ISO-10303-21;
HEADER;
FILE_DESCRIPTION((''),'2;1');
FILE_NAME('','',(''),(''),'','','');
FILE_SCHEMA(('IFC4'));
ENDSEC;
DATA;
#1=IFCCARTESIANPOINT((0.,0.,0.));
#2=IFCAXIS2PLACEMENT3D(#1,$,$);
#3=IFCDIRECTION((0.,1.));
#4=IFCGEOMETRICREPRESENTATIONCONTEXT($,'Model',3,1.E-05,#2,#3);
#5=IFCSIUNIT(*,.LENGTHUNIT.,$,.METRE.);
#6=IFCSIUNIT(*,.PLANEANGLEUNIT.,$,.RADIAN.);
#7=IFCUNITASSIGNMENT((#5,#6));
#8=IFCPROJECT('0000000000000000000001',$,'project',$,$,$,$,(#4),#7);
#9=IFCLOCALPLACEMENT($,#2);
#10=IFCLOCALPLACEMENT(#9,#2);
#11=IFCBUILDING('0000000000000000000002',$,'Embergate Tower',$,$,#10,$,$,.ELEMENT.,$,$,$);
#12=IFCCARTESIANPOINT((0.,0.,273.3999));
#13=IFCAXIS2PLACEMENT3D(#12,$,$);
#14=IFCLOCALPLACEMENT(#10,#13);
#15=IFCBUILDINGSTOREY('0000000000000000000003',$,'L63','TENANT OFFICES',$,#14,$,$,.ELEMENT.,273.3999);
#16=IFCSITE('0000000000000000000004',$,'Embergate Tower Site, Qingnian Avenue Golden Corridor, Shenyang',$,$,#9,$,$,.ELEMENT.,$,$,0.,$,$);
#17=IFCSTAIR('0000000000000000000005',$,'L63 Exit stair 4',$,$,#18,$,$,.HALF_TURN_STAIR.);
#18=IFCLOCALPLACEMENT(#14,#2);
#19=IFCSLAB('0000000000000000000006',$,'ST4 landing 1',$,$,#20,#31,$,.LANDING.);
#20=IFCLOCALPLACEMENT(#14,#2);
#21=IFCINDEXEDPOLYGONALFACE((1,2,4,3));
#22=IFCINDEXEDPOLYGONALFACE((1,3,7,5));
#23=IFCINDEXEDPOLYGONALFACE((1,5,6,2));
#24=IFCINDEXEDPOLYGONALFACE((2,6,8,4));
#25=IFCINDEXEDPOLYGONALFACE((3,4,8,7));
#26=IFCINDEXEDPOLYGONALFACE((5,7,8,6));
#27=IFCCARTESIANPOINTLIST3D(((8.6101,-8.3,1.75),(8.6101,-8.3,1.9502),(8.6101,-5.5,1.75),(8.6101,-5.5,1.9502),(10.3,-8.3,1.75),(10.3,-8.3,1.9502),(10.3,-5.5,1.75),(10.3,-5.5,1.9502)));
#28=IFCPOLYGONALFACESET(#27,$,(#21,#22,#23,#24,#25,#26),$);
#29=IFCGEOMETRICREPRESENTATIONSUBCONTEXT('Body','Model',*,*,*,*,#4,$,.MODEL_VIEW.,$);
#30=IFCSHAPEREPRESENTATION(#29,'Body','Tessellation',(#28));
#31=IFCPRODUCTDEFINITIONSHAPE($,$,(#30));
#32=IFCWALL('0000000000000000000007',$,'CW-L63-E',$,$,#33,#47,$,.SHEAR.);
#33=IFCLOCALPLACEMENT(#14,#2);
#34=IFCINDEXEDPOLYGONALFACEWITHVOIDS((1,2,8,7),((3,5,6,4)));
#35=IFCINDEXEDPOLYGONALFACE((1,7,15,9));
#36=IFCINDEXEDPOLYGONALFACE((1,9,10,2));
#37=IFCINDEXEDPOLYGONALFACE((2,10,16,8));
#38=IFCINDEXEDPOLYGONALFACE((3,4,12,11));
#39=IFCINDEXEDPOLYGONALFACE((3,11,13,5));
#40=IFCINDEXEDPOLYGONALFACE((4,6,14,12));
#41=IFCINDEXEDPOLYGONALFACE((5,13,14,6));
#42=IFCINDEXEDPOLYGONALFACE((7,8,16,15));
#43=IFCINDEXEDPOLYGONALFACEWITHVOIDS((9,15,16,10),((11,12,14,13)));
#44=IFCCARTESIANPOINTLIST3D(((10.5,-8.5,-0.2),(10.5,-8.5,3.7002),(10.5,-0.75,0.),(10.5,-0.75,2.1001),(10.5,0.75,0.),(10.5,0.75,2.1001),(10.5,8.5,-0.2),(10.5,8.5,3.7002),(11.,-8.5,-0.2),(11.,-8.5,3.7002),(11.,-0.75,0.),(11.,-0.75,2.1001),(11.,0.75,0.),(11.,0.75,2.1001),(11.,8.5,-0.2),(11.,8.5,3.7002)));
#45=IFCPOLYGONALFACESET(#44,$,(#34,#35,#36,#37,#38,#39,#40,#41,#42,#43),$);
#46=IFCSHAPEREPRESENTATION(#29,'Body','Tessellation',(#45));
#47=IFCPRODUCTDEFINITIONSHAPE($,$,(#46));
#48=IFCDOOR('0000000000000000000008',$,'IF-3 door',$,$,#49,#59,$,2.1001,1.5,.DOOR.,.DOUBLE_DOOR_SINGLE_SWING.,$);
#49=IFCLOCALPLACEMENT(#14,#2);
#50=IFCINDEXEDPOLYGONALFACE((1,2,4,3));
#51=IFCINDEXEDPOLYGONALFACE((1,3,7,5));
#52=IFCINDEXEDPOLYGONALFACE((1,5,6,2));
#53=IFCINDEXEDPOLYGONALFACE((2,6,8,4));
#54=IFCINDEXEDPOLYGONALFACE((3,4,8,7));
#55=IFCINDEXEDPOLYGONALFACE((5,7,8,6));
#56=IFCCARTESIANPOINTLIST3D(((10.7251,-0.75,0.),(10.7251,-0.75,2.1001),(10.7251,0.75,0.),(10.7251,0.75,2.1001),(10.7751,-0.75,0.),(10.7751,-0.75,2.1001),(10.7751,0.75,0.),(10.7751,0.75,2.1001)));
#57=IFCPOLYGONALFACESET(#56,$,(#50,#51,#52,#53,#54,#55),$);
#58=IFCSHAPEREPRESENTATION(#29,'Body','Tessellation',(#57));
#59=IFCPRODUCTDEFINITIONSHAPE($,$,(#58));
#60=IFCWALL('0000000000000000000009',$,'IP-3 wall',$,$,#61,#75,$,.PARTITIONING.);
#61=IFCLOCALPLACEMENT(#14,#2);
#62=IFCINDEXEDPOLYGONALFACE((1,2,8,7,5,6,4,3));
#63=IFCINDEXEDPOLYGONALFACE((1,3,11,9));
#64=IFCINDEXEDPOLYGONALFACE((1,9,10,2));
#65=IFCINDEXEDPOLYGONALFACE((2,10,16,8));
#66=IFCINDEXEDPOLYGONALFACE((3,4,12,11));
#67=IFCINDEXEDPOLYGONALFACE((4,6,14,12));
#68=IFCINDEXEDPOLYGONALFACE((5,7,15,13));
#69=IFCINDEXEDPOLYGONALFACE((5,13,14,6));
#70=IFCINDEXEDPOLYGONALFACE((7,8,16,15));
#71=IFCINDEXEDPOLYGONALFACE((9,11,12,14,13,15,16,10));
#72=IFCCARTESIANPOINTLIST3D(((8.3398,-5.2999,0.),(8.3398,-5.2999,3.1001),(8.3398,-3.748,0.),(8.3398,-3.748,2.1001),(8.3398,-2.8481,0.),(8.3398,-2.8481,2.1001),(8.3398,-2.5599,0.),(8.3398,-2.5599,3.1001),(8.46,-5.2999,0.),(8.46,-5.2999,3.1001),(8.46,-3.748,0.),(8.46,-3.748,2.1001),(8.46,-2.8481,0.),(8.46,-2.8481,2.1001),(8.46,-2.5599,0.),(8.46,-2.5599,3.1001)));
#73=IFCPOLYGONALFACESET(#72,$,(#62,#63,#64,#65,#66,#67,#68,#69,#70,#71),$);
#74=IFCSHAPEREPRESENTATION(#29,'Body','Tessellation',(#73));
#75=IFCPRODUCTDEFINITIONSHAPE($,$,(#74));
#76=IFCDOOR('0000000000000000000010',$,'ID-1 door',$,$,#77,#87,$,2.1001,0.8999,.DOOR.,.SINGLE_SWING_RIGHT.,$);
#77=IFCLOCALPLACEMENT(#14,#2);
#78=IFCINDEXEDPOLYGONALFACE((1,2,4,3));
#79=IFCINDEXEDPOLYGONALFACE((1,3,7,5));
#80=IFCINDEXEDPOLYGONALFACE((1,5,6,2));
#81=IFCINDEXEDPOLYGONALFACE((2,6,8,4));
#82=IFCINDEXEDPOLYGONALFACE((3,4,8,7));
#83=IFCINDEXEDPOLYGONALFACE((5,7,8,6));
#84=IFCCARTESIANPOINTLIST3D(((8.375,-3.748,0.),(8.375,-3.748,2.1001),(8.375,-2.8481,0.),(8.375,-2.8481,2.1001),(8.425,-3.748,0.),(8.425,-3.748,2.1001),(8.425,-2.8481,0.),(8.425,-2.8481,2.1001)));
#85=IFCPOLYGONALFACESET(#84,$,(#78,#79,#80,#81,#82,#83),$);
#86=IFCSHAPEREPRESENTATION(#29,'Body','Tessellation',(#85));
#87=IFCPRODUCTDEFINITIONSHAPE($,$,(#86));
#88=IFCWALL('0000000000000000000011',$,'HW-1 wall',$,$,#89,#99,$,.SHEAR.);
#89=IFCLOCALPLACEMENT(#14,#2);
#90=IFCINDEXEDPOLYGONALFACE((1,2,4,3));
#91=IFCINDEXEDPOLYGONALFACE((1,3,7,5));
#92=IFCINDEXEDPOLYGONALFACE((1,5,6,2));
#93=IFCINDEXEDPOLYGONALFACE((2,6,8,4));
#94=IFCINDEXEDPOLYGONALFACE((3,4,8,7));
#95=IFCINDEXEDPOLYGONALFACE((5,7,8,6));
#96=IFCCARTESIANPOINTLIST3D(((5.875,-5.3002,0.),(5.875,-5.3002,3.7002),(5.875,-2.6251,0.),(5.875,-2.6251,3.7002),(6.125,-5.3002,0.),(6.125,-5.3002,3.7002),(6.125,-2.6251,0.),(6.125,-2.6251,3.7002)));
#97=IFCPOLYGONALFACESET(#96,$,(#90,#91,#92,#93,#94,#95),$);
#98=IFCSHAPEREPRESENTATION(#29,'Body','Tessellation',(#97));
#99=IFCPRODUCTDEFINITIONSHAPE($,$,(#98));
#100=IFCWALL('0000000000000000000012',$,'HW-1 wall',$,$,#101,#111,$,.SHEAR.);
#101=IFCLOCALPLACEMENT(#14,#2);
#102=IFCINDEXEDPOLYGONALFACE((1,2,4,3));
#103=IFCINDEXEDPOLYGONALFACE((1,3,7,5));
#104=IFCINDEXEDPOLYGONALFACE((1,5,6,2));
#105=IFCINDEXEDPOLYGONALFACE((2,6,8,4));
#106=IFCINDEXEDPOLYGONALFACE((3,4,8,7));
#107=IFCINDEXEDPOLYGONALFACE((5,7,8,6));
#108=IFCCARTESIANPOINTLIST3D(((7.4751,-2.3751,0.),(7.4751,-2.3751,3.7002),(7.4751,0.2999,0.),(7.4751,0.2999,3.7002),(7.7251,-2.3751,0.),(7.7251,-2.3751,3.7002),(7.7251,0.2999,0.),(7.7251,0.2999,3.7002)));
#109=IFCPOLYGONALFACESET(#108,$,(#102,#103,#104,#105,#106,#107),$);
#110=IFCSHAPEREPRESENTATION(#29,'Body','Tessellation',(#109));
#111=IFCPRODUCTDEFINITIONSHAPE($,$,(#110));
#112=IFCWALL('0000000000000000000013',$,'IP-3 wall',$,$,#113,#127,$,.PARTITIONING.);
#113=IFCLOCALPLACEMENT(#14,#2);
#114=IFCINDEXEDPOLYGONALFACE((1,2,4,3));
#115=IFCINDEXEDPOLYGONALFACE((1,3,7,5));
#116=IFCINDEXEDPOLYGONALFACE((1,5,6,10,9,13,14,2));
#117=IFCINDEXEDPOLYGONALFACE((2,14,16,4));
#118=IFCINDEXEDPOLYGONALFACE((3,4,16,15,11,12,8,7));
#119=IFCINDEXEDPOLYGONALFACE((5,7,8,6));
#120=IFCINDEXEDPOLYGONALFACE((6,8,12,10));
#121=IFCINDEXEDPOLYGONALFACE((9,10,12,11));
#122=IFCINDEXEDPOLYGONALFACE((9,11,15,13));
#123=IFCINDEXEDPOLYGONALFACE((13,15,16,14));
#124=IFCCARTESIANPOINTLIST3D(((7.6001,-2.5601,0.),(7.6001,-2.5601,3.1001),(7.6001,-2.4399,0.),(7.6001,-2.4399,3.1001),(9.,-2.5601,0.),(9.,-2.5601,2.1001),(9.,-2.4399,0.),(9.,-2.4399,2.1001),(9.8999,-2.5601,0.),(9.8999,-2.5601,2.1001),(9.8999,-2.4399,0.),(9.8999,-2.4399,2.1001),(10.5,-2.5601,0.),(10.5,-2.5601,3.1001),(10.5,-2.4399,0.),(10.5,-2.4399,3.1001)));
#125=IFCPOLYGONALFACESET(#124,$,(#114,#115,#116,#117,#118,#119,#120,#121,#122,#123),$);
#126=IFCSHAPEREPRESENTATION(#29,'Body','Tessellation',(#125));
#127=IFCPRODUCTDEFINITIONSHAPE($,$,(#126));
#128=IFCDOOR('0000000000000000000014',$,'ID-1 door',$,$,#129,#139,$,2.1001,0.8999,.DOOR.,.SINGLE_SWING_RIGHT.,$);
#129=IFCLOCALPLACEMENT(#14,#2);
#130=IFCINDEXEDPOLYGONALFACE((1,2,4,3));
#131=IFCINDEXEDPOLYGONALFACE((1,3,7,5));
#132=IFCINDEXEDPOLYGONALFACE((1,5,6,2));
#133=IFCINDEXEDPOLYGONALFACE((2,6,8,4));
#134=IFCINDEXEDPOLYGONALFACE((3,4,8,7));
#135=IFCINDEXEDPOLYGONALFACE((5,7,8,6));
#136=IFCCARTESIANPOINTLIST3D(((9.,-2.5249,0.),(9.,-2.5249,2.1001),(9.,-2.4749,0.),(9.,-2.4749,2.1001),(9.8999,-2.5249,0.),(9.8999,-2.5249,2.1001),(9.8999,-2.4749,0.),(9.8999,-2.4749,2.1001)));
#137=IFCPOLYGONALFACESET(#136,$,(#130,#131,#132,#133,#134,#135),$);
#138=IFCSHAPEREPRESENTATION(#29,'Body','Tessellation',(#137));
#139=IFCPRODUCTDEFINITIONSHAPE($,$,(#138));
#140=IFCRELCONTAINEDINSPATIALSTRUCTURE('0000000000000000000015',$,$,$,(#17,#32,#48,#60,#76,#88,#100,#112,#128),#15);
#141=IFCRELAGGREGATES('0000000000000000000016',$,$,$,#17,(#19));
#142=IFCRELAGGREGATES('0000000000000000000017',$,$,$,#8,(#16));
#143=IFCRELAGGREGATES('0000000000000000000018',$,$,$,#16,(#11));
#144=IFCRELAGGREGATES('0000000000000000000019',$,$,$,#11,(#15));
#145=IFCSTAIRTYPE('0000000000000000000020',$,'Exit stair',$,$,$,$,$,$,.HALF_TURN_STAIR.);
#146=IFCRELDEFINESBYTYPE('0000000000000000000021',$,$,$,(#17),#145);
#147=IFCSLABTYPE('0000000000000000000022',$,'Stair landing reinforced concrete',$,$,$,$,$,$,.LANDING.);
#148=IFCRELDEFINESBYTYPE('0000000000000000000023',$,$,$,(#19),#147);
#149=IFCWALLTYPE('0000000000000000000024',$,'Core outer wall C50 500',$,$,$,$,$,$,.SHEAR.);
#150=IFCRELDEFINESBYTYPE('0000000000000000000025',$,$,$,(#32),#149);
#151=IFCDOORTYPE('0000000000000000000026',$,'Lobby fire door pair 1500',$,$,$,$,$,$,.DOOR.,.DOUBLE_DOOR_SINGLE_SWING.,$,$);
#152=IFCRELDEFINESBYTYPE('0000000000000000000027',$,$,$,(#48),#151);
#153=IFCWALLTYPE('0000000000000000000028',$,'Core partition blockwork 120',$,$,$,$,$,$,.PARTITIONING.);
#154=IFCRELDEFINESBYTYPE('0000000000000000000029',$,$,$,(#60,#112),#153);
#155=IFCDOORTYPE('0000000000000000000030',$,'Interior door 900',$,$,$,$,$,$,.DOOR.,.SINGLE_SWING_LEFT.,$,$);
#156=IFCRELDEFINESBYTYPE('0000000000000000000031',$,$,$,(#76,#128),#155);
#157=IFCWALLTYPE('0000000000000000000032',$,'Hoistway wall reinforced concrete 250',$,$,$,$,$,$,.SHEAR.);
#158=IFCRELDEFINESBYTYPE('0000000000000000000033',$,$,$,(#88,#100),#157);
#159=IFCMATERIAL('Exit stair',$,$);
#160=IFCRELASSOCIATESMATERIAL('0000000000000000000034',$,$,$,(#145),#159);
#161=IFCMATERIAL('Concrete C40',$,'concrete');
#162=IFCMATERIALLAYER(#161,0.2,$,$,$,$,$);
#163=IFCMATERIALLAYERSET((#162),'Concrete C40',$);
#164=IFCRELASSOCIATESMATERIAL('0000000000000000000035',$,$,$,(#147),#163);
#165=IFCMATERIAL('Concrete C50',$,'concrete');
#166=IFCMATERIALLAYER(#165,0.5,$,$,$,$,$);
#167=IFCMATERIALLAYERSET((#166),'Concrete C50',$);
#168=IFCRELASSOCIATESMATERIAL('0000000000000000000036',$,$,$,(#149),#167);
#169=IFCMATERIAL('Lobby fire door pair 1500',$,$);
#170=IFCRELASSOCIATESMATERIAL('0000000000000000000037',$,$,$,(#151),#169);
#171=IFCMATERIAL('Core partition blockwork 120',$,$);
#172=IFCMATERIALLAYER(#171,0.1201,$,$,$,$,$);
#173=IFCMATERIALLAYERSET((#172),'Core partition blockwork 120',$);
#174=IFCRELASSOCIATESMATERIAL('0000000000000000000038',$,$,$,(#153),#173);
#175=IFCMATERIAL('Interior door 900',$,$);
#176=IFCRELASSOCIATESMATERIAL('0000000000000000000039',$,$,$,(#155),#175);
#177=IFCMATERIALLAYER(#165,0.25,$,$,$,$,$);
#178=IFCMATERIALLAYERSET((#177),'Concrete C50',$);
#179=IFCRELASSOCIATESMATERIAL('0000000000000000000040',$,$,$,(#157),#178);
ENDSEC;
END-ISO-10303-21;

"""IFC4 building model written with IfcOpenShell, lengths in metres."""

from ifc_helpers import new_model, si_unit, direction, frame, frame_2d, origin, place, context, subcontext, project, spatial, polyline, rectangle, outline, extrude, source, transform, mapped, material, layer, layer_set, type_object, element, fill, aggregate, save


model = new_model("IFC4")

# Units and contexts
model_context = context("Model", 3, precision=1e-05, world=origin(), true_north=direction((0.0, 1.0)))
body_context = subcontext(model_context, "Body", "Model", "MODEL_VIEW")
ifc_project = project(units=[si_unit("LENGTHUNIT", "METRE"), si_unit("PLANEANGLEUNIT", "RADIAN")], contexts=[model_context])

# Site, building, storey
site_placement = place(None, origin())
site = spatial("IfcSite", under=ifc_project, at=site_placement, Name="Embergate Tower Site, Qingnian Avenue Golden Corridor, Shenyang", CompositionType="ELEMENT", RefElevation=0.0)
building_placement = place(site_placement, origin())
building = spatial("IfcBuilding", under=site, at=building_placement, Name="Embergate Tower", CompositionType="ELEMENT")
storey_placement = place(building_placement, frame((0.0, 0.0, 273.3999)))
storey = spatial("IfcBuildingStorey", under=building, at=storey_placement, Name="L63", Description="TENANT OFFICES", CompositionType="ELEMENT", Elevation=273.3999)

# Stair, slab
ifc_material_1 = material(Name="Exit stair")
stair_type = type_object("IfcStairType", Name="Exit stair", PredefinedType="HALF_TURN_STAIR", material=ifc_material_1)
stair_placement = place(storey_placement, origin())
stair = element("IfcStair", 1, at=stair_placement, inside=storey, type_object=stair_type, Name="L63 Exit stair 4", PredefinedType="HALF_TURN_STAIR")
ifc_material_2 = material(Name="Concrete C40", Category="concrete")
ifc_layer_1 = layer(ifc_material_2, 0.2)
ifc_layer_set_1 = layer_set([ifc_layer_1], Name="Concrete C40")
slab_type = type_object("IfcSlabType", Name="Stair landing reinforced concrete", PredefinedType="LANDING", material=ifc_layer_set_1)
shared_shape_1 = source(origin(), body_context, "Body", "SweptSolid", [
    extrude(outline(polyline([(0.0, 0.0), (1.6899, 0.0), (1.6899, 2.8), (0.0, 2.8), (0.0, 0.0)])), origin(), (0.0, 0.0, 1.0), 0.2002),
])
slab_placement = place(storey_placement, frame((8.6101, -8.3, 1.75)))
slab = element("IfcSlab", 2, at=slab_placement, type_object=slab_type, Name="ST4 landing 1", PredefinedType="LANDING", context=body_context, shape_type="MappedRepresentation", body=[
    mapped(shared_shape_1, transform((0.0, 0.0, 0.0))),
])

# Walls, openings, doors
ifc_material_3 = material(Name="Concrete C50", Category="concrete")
ifc_layer_2 = layer(ifc_material_3, 0.5)
ifc_layer_set_2 = layer_set([ifc_layer_2], Name="Concrete C50")
wall_type_1 = type_object("IfcWallType", Name="Core outer wall C50 500", PredefinedType="SHEAR", material=ifc_layer_set_2)
shared_shape_2 = source(origin(), body_context, "Body", "SweptSolid", [
    extrude(rectangle(XDim=17.0, YDim=0.5, at=frame_2d((8.5, 0.0))), origin(), (0.0, 0.0, 1.0), 3.9001),
])
wall_1_placement = place(storey_placement, frame((10.75, -8.5, -0.2), z_axis=(0.0, 0.0, 1.0), x_axis=(0.0, 1.0, 0.0)))
wall_1 = element("IfcWall", 3, at=wall_1_placement, inside=storey, type_object=wall_type_1, Name="CW-L63-E", PredefinedType="SHEAR", context=body_context, shape_type="MappedRepresentation", body=[
    mapped(shared_shape_2, transform((0.0, 0.0, 0.0))),
])
shared_shape_3 = source(origin(), body_context, "Body", "SweptSolid", [
    extrude(rectangle(XDim=1.5, YDim=2.1001, at=frame_2d((0.75, 1.05))), frame((0.0, 0.26, 0.0), z_axis=(0.0, -1.0, 0.0), x_axis=(1.0, 0.0, 0.0)), (0.0, 0.0, 1.0), 0.52),
])
opening_1_placement = place(wall_1_placement, frame((7.75, 0.0, 0.2)))
opening_1 = element("IfcOpeningElement", 4, at=opening_1_placement, cuts=wall_1, PredefinedType="OPENING", context=body_context, shape_type="MappedRepresentation", body=[
    mapped(shared_shape_3, transform((0.0, 0.0, 0.0))),
])
ifc_material_4 = material(Name="Lobby fire door pair 1500")
door_type_1 = type_object("IfcDoorType", Name="Lobby fire door pair 1500", OperationType="DOUBLE_DOOR_SINGLE_SWING", PredefinedType="DOOR", material=ifc_material_4)
shared_shape_4 = source(origin(), body_context, "Body", "SweptSolid", [
    extrude(rectangle(XDim=1.5, YDim=2.1001, at=frame_2d((0.75, 1.05))), frame((0.0, 0.0249, 0.0), z_axis=(0.0, -1.0, 0.0), x_axis=(1.0, 0.0, 0.0)), (0.0, 0.0, 1.0), 0.05),
])
door_1_placement = place(opening_1_placement, origin())
door_1 = element("IfcDoor", 5, at=door_1_placement, inside=storey, type_object=door_type_1, Name="IF-3 door", OperationType="DOUBLE_DOOR_SINGLE_SWING", OverallHeight=2.1001, OverallWidth=1.5, PredefinedType="DOOR", context=body_context, shape_type="MappedRepresentation", body=[
    mapped(shared_shape_4, transform((0.0, 0.0, 0.0))),
])
fill(opening_1, door_1)
ifc_material_5 = material(Name="Core partition blockwork 120")
ifc_layer_3 = layer(ifc_material_5, 0.1201)
ifc_layer_set_3 = layer_set([ifc_layer_3], Name="Core partition blockwork 120")
wall_type_2 = type_object("IfcWallType", Name="Core partition blockwork 120", PredefinedType="PARTITIONING", material=ifc_layer_set_3)
shared_shape_5 = source(origin(), body_context, "Body", "SweptSolid", [
    extrude(rectangle(XDim=2.74, YDim=0.1201, at=frame_2d((1.3701, 0.0))), origin(), (0.0, 0.0, 1.0), 3.1001),
])
wall_2_placement = place(storey_placement, frame((8.3999, -5.3, 0.0), z_axis=(0.0, 0.0, 1.0), x_axis=(0.0, 1.0, 0.0)))
wall_2 = element("IfcWall", 6, at=wall_2_placement, inside=storey, type_object=wall_type_2, Name="IP-3 wall", PredefinedType="PARTITIONING", context=body_context, shape_type="MappedRepresentation", body=[
    mapped(shared_shape_5, transform((0.0, 0.0, 0.0))),
])
shared_shape_6 = source(origin(), body_context, "Body", "SweptSolid", [
    extrude(rectangle(XDim=0.8999, YDim=2.1001, at=frame_2d((0.45, 1.05))), frame((0.0, 0.0701, 0.0), z_axis=(0.0, -1.0, 0.0), x_axis=(1.0, 0.0, 0.0)), (0.0, 0.0, 1.0), 0.1401),
])
opening_2_placement = place(wall_2_placement, frame((1.552, 0.0, 0.0)))
opening_2 = element("IfcOpeningElement", 7, at=opening_2_placement, cuts=wall_2, PredefinedType="OPENING", context=body_context, shape_type="MappedRepresentation", body=[
    mapped(shared_shape_6, transform((0.0, 0.0, 0.0))),
])
ifc_material_6 = material(Name="Interior door 900")
door_type_2 = type_object("IfcDoorType", Name="Interior door 900", OperationType="SINGLE_SWING_LEFT", PredefinedType="DOOR", material=ifc_material_6)
shared_shape_7 = source(origin(), body_context, "Body", "SweptSolid", [
    extrude(rectangle(XDim=0.8999, YDim=2.1001, at=frame_2d((0.45, 1.05))), frame((0.0, 0.0249, 0.0), z_axis=(0.0, -1.0, 0.0), x_axis=(1.0, 0.0, 0.0)), (0.0, 0.0, 1.0), 0.05),
])
door_2_placement = place(opening_2_placement, origin())
door_2 = element("IfcDoor", 8, at=door_2_placement, inside=storey, type_object=door_type_2, Name="ID-1 door", OperationType="SINGLE_SWING_RIGHT", OverallHeight=2.1001, OverallWidth=0.8999, PredefinedType="DOOR", context=body_context, shape_type="MappedRepresentation", body=[
    mapped(shared_shape_7, transform((0.0, 0.0, 0.0))),
])
fill(opening_2, door_2)

# Walls
ifc_layer_4 = layer(ifc_material_3, 0.25)
ifc_layer_set_4 = layer_set([ifc_layer_4], Name="Concrete C50")
wall_type_3 = type_object("IfcWallType", Name="Hoistway wall reinforced concrete 250", PredefinedType="SHEAR", material=ifc_layer_set_4)
shared_shape_8 = source(origin(), body_context, "Body", "SweptSolid", [
    extrude(rectangle(XDim=2.675, YDim=0.25, at=frame_2d((1.3374, 0.0))), origin(), (0.0, 0.0, 1.0), 3.7002),
])
for number, where, z_axis, x_axis, name in (
    (9, (6.0, -5.3, 0.0), (0.0, 0.0, 1.0), (0.0, 1.0, 0.0), "HW-1 wall"),
    (10, (7.6001, -2.375, 0.0), (0.0, 0.0, 1.0), (0.0, 1.0, 0.0), "HW-1 wall"),
):
    element("IfcWall", number, at=place(storey_placement, frame(where, z_axis=z_axis, x_axis=x_axis)), inside=storey, type_object=wall_type_3, Name=name, PredefinedType="SHEAR", context=body_context, shape_type="MappedRepresentation", body=[
        mapped(shared_shape_8, transform((0.0, 0.0, 0.0))),
    ])

# Wall, opening, door
shared_shape_9 = source(origin(), body_context, "Body", "SweptSolid", [
    extrude(rectangle(XDim=2.8999, YDim=0.1201, at=frame_2d((1.45, 0.0))), origin(), (0.0, 0.0, 1.0), 3.1001),
])
wall_3_placement = place(storey_placement, frame((10.5, -2.5, 0.0), z_axis=(0.0, 0.0, 1.0), x_axis=(-1.0, 0.0, 0.0)))
wall_3 = element("IfcWall", 11, at=wall_3_placement, inside=storey, type_object=wall_type_2, Name="IP-3 wall", PredefinedType="PARTITIONING", context=body_context, shape_type="MappedRepresentation", body=[
    mapped(shared_shape_9, transform((0.0, 0.0, 0.0))),
])
opening_3_placement = place(wall_3_placement, frame((0.6001, 0.0, 0.0)))
opening_3 = element("IfcOpeningElement", 12, at=opening_3_placement, cuts=wall_3, PredefinedType="OPENING", context=body_context, shape_type="MappedRepresentation", body=[
    mapped(shared_shape_6, transform((0.0, 0.0, 0.0))),
])
door_3_placement = place(opening_3_placement, origin())
door_3 = element("IfcDoor", 13, at=door_3_placement, inside=storey, type_object=door_type_2, Name="ID-1 door", OperationType="SINGLE_SWING_RIGHT", OverallHeight=2.1001, OverallWidth=0.8999, PredefinedType="DOOR", context=body_context, shape_type="MappedRepresentation", body=[
    mapped(shared_shape_7, transform((0.0, 0.0, 0.0))),
])
fill(opening_3, door_3)

aggregate(stair, [slab])

save(model, "model.ifc")
